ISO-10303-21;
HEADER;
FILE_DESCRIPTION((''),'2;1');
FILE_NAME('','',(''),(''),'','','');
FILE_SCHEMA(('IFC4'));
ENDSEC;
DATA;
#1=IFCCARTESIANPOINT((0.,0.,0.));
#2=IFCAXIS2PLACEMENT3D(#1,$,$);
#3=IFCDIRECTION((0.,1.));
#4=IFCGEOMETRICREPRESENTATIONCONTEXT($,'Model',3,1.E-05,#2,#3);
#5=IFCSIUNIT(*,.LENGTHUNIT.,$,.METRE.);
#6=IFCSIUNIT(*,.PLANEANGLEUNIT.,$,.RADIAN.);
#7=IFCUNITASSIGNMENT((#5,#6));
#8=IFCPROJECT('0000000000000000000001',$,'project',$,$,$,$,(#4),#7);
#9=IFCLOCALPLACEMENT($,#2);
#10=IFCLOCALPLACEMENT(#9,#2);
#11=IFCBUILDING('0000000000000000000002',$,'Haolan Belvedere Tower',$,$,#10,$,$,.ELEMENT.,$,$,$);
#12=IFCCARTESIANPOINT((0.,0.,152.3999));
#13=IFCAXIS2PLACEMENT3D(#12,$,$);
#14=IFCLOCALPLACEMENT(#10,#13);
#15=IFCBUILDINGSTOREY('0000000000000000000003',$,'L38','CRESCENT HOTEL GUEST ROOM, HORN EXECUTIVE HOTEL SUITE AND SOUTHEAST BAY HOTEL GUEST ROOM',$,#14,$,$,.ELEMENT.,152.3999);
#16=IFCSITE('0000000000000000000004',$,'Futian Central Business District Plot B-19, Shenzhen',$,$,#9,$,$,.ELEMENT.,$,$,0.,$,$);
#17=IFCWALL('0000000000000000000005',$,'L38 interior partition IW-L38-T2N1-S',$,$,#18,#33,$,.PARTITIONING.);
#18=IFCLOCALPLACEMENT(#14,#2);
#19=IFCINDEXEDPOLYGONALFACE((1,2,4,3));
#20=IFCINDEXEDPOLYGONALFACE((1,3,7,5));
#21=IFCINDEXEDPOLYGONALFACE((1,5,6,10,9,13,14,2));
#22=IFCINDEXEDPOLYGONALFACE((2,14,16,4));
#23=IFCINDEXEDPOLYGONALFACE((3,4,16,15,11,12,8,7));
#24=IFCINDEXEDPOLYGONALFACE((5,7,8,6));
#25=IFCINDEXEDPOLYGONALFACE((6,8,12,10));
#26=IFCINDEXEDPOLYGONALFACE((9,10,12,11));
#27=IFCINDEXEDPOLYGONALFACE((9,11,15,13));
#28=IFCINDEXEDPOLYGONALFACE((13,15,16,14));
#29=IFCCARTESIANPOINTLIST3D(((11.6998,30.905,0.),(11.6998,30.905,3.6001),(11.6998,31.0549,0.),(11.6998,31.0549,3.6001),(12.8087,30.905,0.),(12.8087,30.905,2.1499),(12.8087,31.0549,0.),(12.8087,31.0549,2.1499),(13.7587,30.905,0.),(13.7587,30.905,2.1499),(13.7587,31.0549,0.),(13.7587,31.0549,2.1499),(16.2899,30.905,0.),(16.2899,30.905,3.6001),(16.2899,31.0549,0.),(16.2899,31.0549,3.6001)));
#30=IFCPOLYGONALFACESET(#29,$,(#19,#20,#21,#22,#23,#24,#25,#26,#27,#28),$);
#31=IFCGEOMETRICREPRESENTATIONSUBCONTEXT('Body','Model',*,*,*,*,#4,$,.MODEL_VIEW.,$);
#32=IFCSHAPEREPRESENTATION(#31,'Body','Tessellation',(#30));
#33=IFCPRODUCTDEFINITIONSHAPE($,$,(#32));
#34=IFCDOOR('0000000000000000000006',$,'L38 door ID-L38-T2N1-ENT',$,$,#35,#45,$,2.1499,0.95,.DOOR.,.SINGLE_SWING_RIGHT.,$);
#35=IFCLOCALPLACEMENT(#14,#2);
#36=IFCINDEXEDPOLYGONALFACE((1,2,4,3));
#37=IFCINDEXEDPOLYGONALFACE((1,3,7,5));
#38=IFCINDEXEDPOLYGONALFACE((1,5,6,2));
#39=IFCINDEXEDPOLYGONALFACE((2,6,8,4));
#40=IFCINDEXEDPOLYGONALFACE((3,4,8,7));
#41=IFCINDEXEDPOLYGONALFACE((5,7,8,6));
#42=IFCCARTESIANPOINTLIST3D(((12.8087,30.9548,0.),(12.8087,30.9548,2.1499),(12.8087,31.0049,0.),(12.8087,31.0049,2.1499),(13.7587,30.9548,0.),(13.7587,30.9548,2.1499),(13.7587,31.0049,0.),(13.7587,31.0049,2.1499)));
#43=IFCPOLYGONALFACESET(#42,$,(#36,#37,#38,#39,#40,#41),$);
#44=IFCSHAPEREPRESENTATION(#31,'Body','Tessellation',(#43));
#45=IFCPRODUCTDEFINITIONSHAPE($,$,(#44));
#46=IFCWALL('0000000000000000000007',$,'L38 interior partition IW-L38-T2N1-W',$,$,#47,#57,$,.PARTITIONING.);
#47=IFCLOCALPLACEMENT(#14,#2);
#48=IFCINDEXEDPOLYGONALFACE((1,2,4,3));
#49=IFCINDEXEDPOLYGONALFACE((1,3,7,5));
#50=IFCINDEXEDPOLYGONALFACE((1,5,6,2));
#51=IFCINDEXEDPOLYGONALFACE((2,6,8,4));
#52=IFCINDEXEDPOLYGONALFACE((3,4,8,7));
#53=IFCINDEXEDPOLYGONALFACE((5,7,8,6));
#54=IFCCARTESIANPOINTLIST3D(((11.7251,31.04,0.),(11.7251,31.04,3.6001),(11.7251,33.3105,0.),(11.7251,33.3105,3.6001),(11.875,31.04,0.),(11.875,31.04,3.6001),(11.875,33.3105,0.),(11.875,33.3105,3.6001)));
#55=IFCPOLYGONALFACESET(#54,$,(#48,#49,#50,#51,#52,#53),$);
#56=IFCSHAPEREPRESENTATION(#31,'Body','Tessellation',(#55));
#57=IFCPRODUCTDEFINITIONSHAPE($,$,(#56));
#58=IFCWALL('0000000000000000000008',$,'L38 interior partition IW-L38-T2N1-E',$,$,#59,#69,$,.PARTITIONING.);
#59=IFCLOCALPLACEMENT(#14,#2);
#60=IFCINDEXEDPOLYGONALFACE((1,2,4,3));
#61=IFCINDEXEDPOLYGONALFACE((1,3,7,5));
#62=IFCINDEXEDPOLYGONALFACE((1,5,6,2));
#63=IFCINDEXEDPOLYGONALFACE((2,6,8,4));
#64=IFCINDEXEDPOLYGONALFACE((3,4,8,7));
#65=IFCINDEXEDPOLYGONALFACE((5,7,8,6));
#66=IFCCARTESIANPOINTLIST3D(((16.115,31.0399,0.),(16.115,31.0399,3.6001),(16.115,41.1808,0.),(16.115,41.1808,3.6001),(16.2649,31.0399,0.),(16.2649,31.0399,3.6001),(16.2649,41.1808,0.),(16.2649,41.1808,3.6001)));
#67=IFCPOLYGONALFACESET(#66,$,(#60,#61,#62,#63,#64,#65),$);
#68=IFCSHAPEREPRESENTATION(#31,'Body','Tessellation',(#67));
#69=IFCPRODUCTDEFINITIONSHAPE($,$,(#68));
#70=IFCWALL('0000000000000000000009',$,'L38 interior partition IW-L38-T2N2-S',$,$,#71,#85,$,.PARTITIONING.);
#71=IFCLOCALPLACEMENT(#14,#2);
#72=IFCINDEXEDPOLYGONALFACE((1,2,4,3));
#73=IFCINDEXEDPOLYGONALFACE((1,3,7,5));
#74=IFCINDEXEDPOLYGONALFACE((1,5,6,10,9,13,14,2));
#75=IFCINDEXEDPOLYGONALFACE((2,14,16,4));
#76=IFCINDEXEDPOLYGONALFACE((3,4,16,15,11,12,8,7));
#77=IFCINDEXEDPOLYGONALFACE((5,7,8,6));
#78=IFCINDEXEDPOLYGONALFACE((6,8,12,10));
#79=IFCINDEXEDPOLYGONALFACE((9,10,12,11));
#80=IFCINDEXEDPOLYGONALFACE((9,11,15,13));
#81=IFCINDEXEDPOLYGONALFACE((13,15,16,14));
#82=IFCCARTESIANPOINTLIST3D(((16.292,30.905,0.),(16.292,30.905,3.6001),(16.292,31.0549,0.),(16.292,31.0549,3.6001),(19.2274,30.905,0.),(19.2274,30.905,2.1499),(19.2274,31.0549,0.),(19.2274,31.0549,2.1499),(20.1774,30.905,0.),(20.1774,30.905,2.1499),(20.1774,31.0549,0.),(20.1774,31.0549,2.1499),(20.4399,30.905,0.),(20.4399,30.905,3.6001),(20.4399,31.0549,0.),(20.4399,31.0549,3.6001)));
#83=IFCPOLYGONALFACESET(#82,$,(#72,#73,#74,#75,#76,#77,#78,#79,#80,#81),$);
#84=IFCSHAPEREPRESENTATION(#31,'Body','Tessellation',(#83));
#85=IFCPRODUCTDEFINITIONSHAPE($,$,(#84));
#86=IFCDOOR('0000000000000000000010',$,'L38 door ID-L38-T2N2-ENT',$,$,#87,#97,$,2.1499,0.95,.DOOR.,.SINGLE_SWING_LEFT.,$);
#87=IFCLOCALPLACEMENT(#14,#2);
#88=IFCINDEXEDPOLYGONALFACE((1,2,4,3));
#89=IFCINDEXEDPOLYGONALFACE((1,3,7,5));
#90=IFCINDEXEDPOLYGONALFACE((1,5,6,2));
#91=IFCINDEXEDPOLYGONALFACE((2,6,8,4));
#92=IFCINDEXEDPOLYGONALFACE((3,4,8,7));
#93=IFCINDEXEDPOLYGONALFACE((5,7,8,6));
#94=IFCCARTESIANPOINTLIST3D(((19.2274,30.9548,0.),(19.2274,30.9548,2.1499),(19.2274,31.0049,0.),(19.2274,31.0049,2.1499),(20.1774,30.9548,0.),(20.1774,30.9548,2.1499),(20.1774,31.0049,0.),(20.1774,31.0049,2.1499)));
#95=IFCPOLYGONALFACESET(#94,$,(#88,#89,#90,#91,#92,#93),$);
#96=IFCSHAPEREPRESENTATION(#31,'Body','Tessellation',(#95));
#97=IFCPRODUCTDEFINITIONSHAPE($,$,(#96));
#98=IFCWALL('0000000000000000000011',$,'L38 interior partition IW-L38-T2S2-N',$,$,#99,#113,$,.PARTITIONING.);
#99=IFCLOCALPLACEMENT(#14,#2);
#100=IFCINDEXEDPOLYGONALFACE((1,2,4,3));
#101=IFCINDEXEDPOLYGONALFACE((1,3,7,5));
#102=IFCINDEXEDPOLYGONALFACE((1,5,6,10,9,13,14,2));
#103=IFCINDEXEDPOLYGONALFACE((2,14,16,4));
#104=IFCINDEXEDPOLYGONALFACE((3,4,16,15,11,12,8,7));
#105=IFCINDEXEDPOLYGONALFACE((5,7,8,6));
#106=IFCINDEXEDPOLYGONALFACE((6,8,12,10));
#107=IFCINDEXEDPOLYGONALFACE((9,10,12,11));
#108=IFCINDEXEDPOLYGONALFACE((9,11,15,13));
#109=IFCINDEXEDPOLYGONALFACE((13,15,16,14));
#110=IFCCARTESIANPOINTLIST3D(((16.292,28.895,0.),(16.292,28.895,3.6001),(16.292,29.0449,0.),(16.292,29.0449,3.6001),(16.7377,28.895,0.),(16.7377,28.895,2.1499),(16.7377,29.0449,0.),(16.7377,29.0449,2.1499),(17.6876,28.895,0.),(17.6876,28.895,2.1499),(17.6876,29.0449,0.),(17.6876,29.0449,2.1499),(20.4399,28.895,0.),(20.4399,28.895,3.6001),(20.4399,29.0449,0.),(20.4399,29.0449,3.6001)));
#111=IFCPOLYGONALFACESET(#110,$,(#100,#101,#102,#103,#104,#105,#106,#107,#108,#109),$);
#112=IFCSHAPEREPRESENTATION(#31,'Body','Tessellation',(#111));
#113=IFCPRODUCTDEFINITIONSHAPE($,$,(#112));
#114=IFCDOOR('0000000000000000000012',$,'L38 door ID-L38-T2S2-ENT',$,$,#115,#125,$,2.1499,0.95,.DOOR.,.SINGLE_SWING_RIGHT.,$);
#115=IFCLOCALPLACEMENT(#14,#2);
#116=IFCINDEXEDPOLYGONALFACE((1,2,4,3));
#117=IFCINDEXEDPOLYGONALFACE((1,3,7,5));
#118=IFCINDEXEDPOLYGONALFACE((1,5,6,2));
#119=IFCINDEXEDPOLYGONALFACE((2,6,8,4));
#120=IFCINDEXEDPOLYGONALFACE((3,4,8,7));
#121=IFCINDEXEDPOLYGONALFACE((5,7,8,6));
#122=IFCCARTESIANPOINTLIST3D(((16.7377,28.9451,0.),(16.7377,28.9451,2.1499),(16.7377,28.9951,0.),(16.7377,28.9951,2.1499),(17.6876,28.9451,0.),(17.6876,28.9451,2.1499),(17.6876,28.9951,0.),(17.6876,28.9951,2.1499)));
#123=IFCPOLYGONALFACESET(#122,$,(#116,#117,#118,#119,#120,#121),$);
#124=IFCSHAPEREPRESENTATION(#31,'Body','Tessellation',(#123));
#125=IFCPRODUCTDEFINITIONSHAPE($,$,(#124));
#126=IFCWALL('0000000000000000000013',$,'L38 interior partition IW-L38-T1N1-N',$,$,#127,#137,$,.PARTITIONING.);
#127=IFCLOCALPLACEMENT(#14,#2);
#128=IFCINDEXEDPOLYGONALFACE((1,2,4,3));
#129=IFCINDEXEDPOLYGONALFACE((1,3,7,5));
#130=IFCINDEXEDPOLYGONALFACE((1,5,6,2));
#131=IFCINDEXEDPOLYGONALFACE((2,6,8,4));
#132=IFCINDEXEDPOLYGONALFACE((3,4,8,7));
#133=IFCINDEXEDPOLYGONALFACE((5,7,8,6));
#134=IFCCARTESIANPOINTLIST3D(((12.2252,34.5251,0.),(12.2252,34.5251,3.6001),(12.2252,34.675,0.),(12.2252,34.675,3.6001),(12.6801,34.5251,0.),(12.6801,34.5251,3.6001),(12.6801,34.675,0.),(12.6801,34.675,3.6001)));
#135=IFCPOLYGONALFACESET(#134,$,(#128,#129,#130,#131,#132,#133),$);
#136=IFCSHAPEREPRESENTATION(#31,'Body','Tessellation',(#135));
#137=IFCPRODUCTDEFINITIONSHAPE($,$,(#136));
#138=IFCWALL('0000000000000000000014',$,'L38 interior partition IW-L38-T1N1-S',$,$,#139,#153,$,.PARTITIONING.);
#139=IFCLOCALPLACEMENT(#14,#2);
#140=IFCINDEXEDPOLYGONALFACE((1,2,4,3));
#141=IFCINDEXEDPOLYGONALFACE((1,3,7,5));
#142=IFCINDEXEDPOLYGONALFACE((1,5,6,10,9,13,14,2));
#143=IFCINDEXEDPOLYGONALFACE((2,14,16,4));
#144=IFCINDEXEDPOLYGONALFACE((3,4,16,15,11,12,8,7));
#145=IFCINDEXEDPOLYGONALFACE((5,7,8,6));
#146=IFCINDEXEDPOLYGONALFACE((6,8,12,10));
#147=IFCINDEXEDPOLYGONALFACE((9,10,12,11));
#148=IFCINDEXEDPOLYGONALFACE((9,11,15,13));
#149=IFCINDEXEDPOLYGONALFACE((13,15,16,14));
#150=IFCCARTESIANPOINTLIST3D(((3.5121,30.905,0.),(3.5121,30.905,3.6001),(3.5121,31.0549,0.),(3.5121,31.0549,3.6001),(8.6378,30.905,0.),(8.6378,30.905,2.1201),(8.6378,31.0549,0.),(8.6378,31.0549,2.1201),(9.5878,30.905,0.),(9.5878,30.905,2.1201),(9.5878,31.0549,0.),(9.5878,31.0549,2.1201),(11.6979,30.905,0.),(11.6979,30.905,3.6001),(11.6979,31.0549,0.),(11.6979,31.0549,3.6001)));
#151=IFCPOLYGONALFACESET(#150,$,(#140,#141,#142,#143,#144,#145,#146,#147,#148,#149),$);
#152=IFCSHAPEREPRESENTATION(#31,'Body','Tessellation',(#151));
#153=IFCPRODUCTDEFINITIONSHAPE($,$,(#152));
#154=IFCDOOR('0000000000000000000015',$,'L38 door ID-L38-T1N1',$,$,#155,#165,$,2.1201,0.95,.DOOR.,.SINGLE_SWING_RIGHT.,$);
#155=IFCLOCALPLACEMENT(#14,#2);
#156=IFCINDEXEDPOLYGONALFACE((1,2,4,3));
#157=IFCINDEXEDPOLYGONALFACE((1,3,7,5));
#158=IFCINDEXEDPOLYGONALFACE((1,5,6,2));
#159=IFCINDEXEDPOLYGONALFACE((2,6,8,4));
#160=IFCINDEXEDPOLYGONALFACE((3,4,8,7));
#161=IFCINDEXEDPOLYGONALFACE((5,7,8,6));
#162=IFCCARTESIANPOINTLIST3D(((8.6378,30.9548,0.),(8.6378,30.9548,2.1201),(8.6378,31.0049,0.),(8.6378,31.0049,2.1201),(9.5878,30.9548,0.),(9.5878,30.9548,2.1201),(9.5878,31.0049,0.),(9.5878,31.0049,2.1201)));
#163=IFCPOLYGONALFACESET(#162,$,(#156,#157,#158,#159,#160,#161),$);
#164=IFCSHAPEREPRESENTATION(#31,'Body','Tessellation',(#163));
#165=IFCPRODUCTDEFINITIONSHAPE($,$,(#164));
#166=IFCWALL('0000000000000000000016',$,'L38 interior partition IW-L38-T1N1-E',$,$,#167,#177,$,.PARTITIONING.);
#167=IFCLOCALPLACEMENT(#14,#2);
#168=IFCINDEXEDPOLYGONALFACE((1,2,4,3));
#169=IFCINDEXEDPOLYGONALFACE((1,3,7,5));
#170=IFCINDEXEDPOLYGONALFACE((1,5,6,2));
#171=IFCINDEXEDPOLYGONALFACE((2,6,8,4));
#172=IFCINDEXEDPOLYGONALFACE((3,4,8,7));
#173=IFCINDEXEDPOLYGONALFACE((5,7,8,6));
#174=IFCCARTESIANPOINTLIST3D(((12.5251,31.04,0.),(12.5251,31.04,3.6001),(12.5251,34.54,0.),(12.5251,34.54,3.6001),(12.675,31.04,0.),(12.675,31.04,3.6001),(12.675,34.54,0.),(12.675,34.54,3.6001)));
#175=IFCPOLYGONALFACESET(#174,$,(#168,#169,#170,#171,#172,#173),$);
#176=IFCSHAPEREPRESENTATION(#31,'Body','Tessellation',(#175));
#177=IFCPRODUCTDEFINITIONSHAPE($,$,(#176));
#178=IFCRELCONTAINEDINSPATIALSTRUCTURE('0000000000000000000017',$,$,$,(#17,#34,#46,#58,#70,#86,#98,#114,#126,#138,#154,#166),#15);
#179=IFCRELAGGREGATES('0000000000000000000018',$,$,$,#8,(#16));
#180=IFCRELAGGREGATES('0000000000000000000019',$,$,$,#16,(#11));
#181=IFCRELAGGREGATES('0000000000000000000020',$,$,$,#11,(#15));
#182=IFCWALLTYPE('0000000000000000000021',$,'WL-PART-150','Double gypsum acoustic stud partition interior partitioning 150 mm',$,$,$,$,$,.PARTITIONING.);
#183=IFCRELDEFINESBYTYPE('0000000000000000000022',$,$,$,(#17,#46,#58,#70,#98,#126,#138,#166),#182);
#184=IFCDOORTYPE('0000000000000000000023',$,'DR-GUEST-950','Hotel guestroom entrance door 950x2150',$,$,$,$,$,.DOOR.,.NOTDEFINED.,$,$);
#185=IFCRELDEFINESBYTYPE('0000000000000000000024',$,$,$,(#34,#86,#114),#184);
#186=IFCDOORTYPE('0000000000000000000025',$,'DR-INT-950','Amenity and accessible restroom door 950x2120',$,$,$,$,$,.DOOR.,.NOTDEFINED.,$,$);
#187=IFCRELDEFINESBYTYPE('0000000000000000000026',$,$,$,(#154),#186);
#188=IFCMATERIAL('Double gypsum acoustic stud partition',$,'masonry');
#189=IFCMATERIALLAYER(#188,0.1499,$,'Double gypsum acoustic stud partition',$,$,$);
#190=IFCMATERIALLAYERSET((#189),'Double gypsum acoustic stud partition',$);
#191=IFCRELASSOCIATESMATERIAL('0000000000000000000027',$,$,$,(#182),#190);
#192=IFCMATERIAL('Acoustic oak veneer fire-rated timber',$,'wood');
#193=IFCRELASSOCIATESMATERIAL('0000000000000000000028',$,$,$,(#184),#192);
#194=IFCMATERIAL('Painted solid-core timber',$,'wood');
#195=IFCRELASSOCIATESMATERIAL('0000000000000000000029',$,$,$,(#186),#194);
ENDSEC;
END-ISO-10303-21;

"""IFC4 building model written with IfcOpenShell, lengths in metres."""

from ifc_helpers import new_model, si_unit, direction, frame, frame_2d, origin, place, context, subcontext, project, spatial, rectangle, extrude, material, layer, layer_set, type_object, element, fill, save


model = new_model("IFC4")

# Units and contexts
model_context = context("Model", 3, precision=1e-05, world=origin(), true_north=direction((0.0, 1.0)))
body_context = subcontext(model_context, "Body", "Model", "MODEL_VIEW")
ifc_project = project(units=[si_unit("LENGTHUNIT", "METRE"), si_unit("PLANEANGLEUNIT", "RADIAN")], contexts=[model_context])

# Site, building, storey
site_placement = place(None, origin())
site = spatial("IfcSite", under=ifc_project, at=site_placement, Name="Futian Central Business District Plot B-19, Shenzhen", CompositionType="ELEMENT", RefElevation=0.0)
building_placement = place(site_placement, origin())
building = spatial("IfcBuilding", under=site, at=building_placement, Name="Haolan Belvedere Tower", CompositionType="ELEMENT")
storey_placement = place(building_placement, frame((0.0, 0.0, 152.3999)))
storey = spatial("IfcBuildingStorey", under=building, at=storey_placement, Name="L38", Description="CRESCENT HOTEL GUEST ROOM, HORN EXECUTIVE HOTEL SUITE AND SOUTHEAST BAY HOTEL GUEST ROOM", CompositionType="ELEMENT", Elevation=152.3999)

# Wall, opening, door
ifc_material_1 = material(Name="Double gypsum acoustic stud partition", Category="masonry")
ifc_layer_1 = layer(ifc_material_1, 0.1499, Name="Double gypsum acoustic stud partition")
ifc_layer_set_1 = layer_set([ifc_layer_1], Name="Double gypsum acoustic stud partition")
wall_type_1 = type_object("IfcWallType", Name="WL-PART-150", Description="Double gypsum acoustic stud partition interior partitioning 150 mm", PredefinedType="PARTITIONING", material=ifc_layer_set_1)
wall_1_placement = place(storey_placement, frame((11.7, 30.98, 0.0), z_axis=(0.0, 0.0, 1.0), x_axis=(1.0, 0.0, 0.0)))
wall_1 = element("IfcWall", 1, at=wall_1_placement, inside=storey, type_object=wall_type_1, Name="L38 interior partition IW-L38-T2N1-S", PredefinedType="PARTITIONING", context=body_context, shape_type="SweptSolid", body=[
    extrude(rectangle(XDim=4.5901, YDim=0.1499, at=frame_2d((2.2949, 0.0))), origin(), (0.0, 0.0, 1.0), 3.6001),
])
opening_1_placement = place(wall_1_placement, frame((1.1086, 0.0, 0.0)))
opening_1 = element("IfcOpeningElement", 2, at=opening_1_placement, cuts=wall_1, PredefinedType="OPENING", context=body_context, shape_type="SweptSolid", body=[
    extrude(rectangle(XDim=0.95, YDim=2.1499, at=frame_2d((0.4751, 1.075))), frame((0.0, 0.085, 0.0), z_axis=(0.0, -1.0, 0.0), x_axis=(1.0, 0.0, 0.0)), (0.0, 0.0, 1.0), 0.1699),
])
ifc_material_2 = material(Name="Acoustic oak veneer fire-rated timber", Category="wood")
door_type_1 = type_object("IfcDoorType", Name="DR-GUEST-950", Description="Hotel guestroom entrance door 950x2150", OperationType="NOTDEFINED", PredefinedType="DOOR", material=ifc_material_2)
door_1_placement = place(opening_1_placement, origin())
door_1 = element("IfcDoor", 3, at=door_1_placement, inside=storey, type_object=door_type_1, Name="L38 door ID-L38-T2N1-ENT", OperationType="SINGLE_SWING_RIGHT", OverallHeight=2.1499, OverallWidth=0.95, PredefinedType="DOOR", context=body_context, shape_type="SweptSolid", body=[
    extrude(rectangle(XDim=0.95, YDim=2.1499, at=frame_2d((0.4751, 1.075))), frame((0.0, 0.0249, 0.0), z_axis=(0.0, -1.0, 0.0), x_axis=(1.0, 0.0, 0.0)), (0.0, 0.0, 1.0), 0.05),
])
fill(opening_1, door_1)

# Walls
wall_2_placement = place(storey_placement, frame((11.8, 31.04, 0.0), z_axis=(0.0, 0.0, 1.0), x_axis=(0.0, 1.0, 0.0)))
element("IfcWall", 4, at=wall_2_placement, inside=storey, type_object=wall_type_1, Name="L38 interior partition IW-L38-T2N1-W", PredefinedType="PARTITIONING", context=body_context, shape_type="SweptSolid", body=[
    extrude(rectangle(XDim=2.2705, YDim=0.1499, at=frame_2d((1.1353, 0.0))), origin(), (0.0, 0.0, 1.0), 3.6001),
])
wall_3_placement = place(storey_placement, frame((16.1899, 31.04, 0.0), z_axis=(0.0, 0.0, 1.0), x_axis=(0.0, 1.0, 0.0)))
element("IfcWall", 5, at=wall_3_placement, inside=storey, type_object=wall_type_1, Name="L38 interior partition IW-L38-T2N1-E", PredefinedType="PARTITIONING", context=body_context, shape_type="SweptSolid", body=[
    extrude(rectangle(XDim=10.1409, YDim=0.1499, at=frame_2d((5.0703, 0.0))), origin(), (0.0, 0.0, 1.0), 3.6001),
])

# Walls, openings, doors
wall_4_placement = place(storey_placement, frame((16.292, 30.98, 0.0), z_axis=(0.0, 0.0, 1.0), x_axis=(1.0, 0.0, 0.0)))
wall_4 = element("IfcWall", 6, at=wall_4_placement, inside=storey, type_object=wall_type_1, Name="L38 interior partition IW-L38-T2N2-S", PredefinedType="PARTITIONING", context=body_context, shape_type="SweptSolid", body=[
    extrude(rectangle(XDim=4.1479, YDim=0.1499, at=frame_2d((2.074, 0.0))), origin(), (0.0, 0.0, 1.0), 3.6001),
])
opening_2_placement = place(wall_4_placement, frame((2.9353, 0.0, 0.0)))
opening_2 = element("IfcOpeningElement", 7, at=opening_2_placement, cuts=wall_4, PredefinedType="OPENING", context=body_context, shape_type="SweptSolid", body=[
    extrude(rectangle(XDim=0.95, YDim=2.1499, at=frame_2d((0.4751, 1.075))), frame((0.0, 0.085, 0.0), z_axis=(0.0, -1.0, 0.0), x_axis=(1.0, 0.0, 0.0)), (0.0, 0.0, 1.0), 0.1699),
])
door_2_placement = place(opening_2_placement, origin())
door_2 = element("IfcDoor", 8, at=door_2_placement, inside=storey, type_object=door_type_1, Name="L38 door ID-L38-T2N2-ENT", OperationType="SINGLE_SWING_LEFT", OverallHeight=2.1499, OverallWidth=0.95, PredefinedType="DOOR", context=body_context, shape_type="SweptSolid", body=[
    extrude(rectangle(XDim=0.95, YDim=2.1499, at=frame_2d((0.4751, 1.075))), frame((0.0, 0.0249, 0.0), z_axis=(0.0, -1.0, 0.0), x_axis=(1.0, 0.0, 0.0)), (0.0, 0.0, 1.0), 0.05),
])
fill(opening_2, door_2)
wall_5_placement = place(storey_placement, frame((16.292, 28.97, 0.0), z_axis=(0.0, 0.0, 1.0), x_axis=(1.0, 0.0, 0.0)))
wall_5 = element("IfcWall", 9, at=wall_5_placement, inside=storey, type_object=wall_type_1, Name="L38 interior partition IW-L38-T2S2-N", PredefinedType="PARTITIONING", context=body_context, shape_type="SweptSolid", body=[
    extrude(rectangle(XDim=4.1479, YDim=0.1499, at=frame_2d((2.074, 0.0))), origin(), (0.0, 0.0, 1.0), 3.6001),
])
opening_3_placement = place(wall_5_placement, frame((1.3958, 0.0, 0.0), z_axis=(0.0, 0.0, 1.0), x_axis=(-1.0, 0.0, 0.0)))
opening_3 = element("IfcOpeningElement", 10, at=opening_3_placement, cuts=wall_5, PredefinedType="OPENING", context=body_context, shape_type="SweptSolid", body=[
    extrude(rectangle(XDim=0.95, YDim=2.1499, at=frame_2d((0.4751, 1.075))), frame((0.0, 0.085, 0.0), z_axis=(0.0, -1.0, 0.0), x_axis=(1.0, 0.0, 0.0)), (0.0, 0.0, 1.0), 0.1699),
])
door_3_placement = place(opening_3_placement, origin())
door_3 = element("IfcDoor", 11, at=door_3_placement, inside=storey, type_object=door_type_1, Name="L38 door ID-L38-T2S2-ENT", OperationType="SINGLE_SWING_RIGHT", OverallHeight=2.1499, OverallWidth=0.95, PredefinedType="DOOR", context=body_context, shape_type="SweptSolid", body=[
    extrude(rectangle(XDim=0.95, YDim=2.1499, at=frame_2d((0.4751, 1.075))), frame((0.0, 0.0249, 0.0), z_axis=(0.0, -1.0, 0.0), x_axis=(1.0, 0.0, 0.0)), (0.0, 0.0, 1.0), 0.05),
])
fill(opening_3, door_3)

# Wall
wall_6_placement = place(storey_placement, frame((12.2251, 34.6001, 0.0), z_axis=(0.0, 0.0, 1.0), x_axis=(1.0, 0.0, 0.0)))
element("IfcWall", 12, at=wall_6_placement, inside=storey, type_object=wall_type_1, Name="L38 interior partition IW-L38-T1N1-N", PredefinedType="PARTITIONING", context=body_context, shape_type="SweptSolid", body=[
    extrude(rectangle(XDim=0.4548, YDim=0.1499, at=frame_2d((0.2275, 0.0))), origin(), (0.0, 0.0, 1.0), 3.6001),
])

# Wall, opening, door
wall_7_placement = place(storey_placement, frame((3.5122, 30.98, 0.0), z_axis=(0.0, 0.0, 1.0), x_axis=(1.0, 0.0, 0.0)))
wall_7 = element("IfcWall", 13, at=wall_7_placement, inside=storey, type_object=wall_type_1, Name="L38 interior partition IW-L38-T1N1-S", PredefinedType="PARTITIONING", context=body_context, shape_type="SweptSolid", body=[
    extrude(rectangle(XDim=8.1858, YDim=0.1499, at=frame_2d((4.0928, 0.0))), origin(), (0.0, 0.0, 1.0), 3.6001),
])
opening_4_placement = place(wall_7_placement, frame((5.1255, 0.0, 0.0)))
opening_4 = element("IfcOpeningElement", 14, at=opening_4_placement, cuts=wall_7, PredefinedType="OPENING", context=body_context, shape_type="SweptSolid", body=[
    extrude(rectangle(XDim=0.95, YDim=2.1201, at=frame_2d((0.4751, 1.0601))), frame((0.0, 0.085, 0.0), z_axis=(0.0, -1.0, 0.0), x_axis=(1.0, 0.0, 0.0)), (0.0, 0.0, 1.0), 0.1699),
])
ifc_material_3 = material(Name="Painted solid-core timber", Category="wood")
door_type_2 = type_object("IfcDoorType", Name="DR-INT-950", Description="Amenity and accessible restroom door 950x2120", OperationType="NOTDEFINED", PredefinedType="DOOR", material=ifc_material_3)
door_4_placement = place(opening_4_placement, origin())
door_4 = element("IfcDoor", 15, at=door_4_placement, inside=storey, type_object=door_type_2, Name="L38 door ID-L38-T1N1", OperationType="SINGLE_SWING_RIGHT", OverallHeight=2.1201, OverallWidth=0.95, PredefinedType="DOOR", context=body_context, shape_type="SweptSolid", body=[
    extrude(rectangle(XDim=0.95, YDim=2.1201, at=frame_2d((0.4751, 1.0601))), frame((0.0, 0.0249, 0.0), z_axis=(0.0, -1.0, 0.0), x_axis=(1.0, 0.0, 0.0)), (0.0, 0.0, 1.0), 0.05),
])
fill(opening_4, door_4)

# Wall
wall_8_placement = place(storey_placement, frame((12.6001, 31.04, 0.0), z_axis=(0.0, 0.0, 1.0), x_axis=(0.0, 1.0, 0.0)))
element("IfcWall", 16, at=wall_8_placement, inside=storey, type_object=wall_type_1, Name="L38 interior partition IW-L38-T1N1-E", PredefinedType="PARTITIONING", context=body_context, shape_type="SweptSolid", body=[
    extrude(rectangle(XDim=3.5, YDim=0.1499, at=frame_2d((1.75, 0.0))), origin(), (0.0, 0.0, 1.0), 3.6001),
])

save(model, "model.ifc")
